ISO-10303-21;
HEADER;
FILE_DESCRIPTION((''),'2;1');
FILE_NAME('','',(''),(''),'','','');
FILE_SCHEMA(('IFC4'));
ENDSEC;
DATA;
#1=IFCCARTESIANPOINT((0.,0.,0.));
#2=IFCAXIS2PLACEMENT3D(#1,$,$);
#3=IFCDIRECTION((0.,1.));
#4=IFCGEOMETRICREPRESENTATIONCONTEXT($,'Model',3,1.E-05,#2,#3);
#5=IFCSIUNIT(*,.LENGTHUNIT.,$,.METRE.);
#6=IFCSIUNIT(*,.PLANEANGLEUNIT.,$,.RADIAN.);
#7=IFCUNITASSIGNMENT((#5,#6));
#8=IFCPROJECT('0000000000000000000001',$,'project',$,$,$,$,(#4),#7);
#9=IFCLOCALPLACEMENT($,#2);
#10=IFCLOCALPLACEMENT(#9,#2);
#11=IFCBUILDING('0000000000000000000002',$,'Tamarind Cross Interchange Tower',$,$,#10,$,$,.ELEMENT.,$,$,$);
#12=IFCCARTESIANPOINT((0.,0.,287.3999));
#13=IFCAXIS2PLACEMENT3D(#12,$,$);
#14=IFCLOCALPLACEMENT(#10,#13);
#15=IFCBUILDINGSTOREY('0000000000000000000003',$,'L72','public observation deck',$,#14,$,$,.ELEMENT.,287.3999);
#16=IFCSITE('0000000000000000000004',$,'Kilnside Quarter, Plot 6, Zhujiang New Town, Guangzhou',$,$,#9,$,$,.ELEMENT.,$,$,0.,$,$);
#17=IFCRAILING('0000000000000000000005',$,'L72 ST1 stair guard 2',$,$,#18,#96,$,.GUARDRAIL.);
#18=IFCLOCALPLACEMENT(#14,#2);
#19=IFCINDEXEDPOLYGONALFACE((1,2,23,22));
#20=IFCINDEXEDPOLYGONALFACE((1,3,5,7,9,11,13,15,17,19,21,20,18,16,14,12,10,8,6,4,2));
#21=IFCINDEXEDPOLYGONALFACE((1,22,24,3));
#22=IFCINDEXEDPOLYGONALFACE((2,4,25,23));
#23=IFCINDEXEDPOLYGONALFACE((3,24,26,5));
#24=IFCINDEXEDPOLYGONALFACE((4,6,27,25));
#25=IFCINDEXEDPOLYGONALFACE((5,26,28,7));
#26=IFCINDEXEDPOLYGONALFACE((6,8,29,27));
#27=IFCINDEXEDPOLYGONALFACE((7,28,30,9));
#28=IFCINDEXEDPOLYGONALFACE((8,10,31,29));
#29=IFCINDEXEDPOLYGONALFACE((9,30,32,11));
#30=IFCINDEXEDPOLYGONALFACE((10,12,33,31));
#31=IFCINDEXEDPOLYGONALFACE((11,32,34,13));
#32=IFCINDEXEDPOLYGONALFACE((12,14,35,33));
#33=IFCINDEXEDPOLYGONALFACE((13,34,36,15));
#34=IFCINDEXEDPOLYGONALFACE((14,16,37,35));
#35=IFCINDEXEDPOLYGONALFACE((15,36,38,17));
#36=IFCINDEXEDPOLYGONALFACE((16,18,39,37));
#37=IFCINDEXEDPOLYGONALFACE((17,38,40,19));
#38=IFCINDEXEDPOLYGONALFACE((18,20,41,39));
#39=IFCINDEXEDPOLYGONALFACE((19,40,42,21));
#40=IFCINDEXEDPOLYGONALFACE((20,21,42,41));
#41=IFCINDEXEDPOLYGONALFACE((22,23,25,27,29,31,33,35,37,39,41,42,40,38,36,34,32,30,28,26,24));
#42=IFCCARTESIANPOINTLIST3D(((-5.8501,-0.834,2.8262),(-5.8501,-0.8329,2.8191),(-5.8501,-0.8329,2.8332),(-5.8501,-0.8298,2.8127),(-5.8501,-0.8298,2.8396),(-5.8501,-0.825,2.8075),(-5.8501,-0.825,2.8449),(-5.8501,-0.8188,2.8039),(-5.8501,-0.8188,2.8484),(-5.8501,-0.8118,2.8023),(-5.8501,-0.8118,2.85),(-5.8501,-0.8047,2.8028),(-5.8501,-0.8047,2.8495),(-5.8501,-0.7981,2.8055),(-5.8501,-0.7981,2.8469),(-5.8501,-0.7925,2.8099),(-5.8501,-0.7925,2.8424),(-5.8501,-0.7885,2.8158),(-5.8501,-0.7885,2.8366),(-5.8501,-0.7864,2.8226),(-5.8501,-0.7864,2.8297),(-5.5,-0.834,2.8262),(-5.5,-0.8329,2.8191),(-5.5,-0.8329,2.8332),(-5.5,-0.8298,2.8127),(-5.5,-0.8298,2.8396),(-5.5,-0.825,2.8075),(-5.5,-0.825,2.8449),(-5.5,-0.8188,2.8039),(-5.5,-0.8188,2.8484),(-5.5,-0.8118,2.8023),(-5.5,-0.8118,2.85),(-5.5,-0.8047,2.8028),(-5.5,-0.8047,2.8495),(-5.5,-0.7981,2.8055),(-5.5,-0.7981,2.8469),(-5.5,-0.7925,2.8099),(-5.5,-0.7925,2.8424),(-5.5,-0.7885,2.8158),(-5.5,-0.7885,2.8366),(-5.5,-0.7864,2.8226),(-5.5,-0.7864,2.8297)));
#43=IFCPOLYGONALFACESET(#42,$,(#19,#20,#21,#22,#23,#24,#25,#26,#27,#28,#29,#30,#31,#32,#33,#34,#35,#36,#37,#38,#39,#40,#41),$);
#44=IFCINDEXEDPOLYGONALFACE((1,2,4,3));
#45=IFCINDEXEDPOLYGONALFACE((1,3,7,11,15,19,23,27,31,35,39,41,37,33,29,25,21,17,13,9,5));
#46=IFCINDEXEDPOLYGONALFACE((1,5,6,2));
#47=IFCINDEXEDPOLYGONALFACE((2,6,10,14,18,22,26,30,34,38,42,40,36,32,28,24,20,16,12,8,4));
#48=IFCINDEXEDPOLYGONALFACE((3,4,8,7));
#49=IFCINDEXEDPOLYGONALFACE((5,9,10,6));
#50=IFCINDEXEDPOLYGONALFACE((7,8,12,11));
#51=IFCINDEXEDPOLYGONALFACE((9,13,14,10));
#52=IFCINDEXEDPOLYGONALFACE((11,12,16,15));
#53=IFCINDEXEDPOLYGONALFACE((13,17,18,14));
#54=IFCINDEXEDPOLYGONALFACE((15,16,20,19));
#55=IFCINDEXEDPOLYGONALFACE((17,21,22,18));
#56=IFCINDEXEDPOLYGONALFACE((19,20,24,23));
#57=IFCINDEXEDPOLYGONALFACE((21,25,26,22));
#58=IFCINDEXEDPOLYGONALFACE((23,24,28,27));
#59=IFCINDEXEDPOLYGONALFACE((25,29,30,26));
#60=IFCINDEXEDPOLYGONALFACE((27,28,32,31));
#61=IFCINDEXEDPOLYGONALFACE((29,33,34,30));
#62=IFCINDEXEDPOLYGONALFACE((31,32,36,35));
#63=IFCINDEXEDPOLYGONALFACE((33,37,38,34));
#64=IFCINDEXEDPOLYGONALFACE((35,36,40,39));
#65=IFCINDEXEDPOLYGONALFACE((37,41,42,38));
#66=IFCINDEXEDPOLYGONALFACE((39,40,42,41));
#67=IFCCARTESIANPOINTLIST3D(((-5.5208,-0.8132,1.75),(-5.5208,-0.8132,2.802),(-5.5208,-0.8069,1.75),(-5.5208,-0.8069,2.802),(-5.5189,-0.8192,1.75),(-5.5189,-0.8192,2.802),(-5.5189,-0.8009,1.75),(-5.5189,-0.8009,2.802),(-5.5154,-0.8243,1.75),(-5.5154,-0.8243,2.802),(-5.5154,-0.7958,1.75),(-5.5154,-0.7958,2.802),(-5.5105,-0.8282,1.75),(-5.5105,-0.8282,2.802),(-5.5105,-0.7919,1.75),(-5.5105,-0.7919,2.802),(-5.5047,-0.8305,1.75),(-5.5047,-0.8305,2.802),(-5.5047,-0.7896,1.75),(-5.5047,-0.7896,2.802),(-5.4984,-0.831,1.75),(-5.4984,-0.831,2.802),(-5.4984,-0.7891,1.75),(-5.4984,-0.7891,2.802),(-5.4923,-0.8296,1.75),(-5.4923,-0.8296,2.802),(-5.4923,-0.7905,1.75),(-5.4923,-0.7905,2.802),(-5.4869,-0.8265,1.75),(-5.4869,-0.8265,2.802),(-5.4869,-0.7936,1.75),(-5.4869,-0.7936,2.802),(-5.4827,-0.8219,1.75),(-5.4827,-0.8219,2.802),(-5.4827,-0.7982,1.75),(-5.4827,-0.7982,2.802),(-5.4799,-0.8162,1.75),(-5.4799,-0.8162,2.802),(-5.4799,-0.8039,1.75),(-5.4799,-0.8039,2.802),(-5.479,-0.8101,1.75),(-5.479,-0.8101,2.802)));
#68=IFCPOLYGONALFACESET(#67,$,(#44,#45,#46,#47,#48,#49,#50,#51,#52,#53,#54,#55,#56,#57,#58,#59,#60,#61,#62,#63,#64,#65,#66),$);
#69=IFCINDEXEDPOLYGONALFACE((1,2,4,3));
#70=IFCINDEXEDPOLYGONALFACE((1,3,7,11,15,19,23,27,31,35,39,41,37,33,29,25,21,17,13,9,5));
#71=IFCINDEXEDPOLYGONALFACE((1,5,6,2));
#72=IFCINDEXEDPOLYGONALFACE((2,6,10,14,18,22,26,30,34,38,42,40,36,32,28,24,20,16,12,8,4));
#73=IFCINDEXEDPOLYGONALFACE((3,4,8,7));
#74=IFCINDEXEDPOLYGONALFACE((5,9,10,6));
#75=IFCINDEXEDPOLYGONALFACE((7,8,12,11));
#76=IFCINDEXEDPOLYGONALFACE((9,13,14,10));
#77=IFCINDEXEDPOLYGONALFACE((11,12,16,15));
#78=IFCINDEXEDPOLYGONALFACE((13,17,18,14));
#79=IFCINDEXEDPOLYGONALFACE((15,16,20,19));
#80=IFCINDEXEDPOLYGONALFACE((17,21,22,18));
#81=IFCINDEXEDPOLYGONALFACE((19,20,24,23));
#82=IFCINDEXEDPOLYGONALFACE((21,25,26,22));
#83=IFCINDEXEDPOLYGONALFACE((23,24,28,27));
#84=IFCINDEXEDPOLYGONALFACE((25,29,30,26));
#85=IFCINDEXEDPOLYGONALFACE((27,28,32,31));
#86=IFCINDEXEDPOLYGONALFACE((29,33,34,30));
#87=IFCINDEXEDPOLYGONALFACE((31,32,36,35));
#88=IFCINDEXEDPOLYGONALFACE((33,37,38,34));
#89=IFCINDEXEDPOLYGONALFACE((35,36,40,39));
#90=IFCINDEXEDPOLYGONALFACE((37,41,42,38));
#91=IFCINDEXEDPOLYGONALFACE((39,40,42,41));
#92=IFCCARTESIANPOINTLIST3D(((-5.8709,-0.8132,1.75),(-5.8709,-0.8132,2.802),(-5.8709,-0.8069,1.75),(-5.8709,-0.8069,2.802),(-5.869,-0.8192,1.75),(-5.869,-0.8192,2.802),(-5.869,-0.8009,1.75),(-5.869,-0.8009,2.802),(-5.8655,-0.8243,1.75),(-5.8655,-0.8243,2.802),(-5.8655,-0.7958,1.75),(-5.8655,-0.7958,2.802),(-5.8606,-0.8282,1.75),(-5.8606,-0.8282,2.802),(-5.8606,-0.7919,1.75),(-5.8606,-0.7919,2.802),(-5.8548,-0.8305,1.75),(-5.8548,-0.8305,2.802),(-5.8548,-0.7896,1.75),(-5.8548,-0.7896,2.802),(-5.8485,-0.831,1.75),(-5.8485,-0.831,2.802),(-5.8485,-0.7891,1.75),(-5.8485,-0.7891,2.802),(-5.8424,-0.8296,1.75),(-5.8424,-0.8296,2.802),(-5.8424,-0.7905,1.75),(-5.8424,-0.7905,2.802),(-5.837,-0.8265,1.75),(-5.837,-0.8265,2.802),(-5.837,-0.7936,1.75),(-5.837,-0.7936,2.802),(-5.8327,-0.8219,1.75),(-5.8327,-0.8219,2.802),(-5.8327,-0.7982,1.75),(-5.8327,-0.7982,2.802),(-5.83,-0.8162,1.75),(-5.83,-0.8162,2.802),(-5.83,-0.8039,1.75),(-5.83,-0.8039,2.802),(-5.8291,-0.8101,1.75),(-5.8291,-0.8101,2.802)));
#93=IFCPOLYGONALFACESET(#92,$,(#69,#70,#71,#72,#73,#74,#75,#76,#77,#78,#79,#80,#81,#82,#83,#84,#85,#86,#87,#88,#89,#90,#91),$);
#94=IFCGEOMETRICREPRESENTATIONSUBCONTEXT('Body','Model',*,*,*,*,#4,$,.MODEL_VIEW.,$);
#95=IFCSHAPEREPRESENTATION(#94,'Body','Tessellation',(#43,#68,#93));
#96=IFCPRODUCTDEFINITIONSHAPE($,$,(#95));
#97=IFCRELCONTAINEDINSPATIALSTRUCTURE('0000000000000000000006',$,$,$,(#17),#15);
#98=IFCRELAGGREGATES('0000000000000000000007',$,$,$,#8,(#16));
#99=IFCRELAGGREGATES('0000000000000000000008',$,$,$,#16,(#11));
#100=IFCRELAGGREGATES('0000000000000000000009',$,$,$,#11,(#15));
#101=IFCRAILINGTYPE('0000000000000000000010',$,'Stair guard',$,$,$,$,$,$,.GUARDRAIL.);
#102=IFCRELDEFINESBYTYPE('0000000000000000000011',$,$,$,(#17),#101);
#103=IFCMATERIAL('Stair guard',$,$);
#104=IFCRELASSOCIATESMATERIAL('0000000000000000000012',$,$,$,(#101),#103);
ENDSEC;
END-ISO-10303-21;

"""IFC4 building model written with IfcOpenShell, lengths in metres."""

from ifc_helpers import new_model, si_unit, direction, frame, origin, origin_2d, place, context, subcontext, project, spatial, circle, extrude, material, type_object, element, save


model = new_model("IFC4")

# Units and contexts
model_context = context("Model", 3, precision=1e-05, world=origin(), true_north=direction((0.0, 1.0)))
body_context = subcontext(model_context, "Body", "Model", "MODEL_VIEW")
ifc_project = project(units=[si_unit("LENGTHUNIT", "METRE"), si_unit("PLANEANGLEUNIT", "RADIAN")], contexts=[model_context])

# Site, building, storey
site_placement = place(None, origin())
site = spatial("IfcSite", under=ifc_project, at=site_placement, Name="Kilnside Quarter, Plot 6, Zhujiang New Town, Guangzhou", CompositionType="ELEMENT", RefElevation=0.0)
building_placement = place(site_placement, origin())
building = spatial("IfcBuilding", under=site, at=building_placement, Name="Tamarind Cross Interchange Tower", CompositionType="ELEMENT")
storey_placement = place(building_placement, frame((0.0, 0.0, 287.3999)))
storey = spatial("IfcBuildingStorey", under=building, at=storey_placement, Name="L72", Description="public observation deck", CompositionType="ELEMENT", Elevation=287.3999)

# Railing
ifc_material_1 = material(Name="Stair guard")
railing_type_1 = type_object("IfcRailingType", Name="Stair guard", PredefinedType="GUARDRAIL", material=ifc_material_1)
railing_1_placement = place(storey_placement, frame((-5.5, -0.8101, 1.75)))
element("IfcRailing", 1, at=railing_1_placement, inside=storey, type_object=railing_type_1, Name="L72 ST1 stair guard 2", PredefinedType="GUARDRAIL", context=body_context, shape_type="SweptSolid", body=[
    extrude(circle(Radius=0.0239, at=origin_2d()), frame((0.0, 0.0, 1.0762), z_axis=(-1.0, 0.0, 0.0), x_axis=(0.0, -1.0, 0.0)), (0.0, 0.0, 1.0), 0.3501),
    extrude(circle(Radius=0.021, at=origin_2d()), origin(), (0.0, 0.0, 1.0), 1.052),
    extrude(circle(Radius=0.021, at=origin_2d()), frame((-0.3501, 0.0, 0.0)), (0.0, 0.0, 1.0), 1.052),
])

save(model, "model.ifc")
